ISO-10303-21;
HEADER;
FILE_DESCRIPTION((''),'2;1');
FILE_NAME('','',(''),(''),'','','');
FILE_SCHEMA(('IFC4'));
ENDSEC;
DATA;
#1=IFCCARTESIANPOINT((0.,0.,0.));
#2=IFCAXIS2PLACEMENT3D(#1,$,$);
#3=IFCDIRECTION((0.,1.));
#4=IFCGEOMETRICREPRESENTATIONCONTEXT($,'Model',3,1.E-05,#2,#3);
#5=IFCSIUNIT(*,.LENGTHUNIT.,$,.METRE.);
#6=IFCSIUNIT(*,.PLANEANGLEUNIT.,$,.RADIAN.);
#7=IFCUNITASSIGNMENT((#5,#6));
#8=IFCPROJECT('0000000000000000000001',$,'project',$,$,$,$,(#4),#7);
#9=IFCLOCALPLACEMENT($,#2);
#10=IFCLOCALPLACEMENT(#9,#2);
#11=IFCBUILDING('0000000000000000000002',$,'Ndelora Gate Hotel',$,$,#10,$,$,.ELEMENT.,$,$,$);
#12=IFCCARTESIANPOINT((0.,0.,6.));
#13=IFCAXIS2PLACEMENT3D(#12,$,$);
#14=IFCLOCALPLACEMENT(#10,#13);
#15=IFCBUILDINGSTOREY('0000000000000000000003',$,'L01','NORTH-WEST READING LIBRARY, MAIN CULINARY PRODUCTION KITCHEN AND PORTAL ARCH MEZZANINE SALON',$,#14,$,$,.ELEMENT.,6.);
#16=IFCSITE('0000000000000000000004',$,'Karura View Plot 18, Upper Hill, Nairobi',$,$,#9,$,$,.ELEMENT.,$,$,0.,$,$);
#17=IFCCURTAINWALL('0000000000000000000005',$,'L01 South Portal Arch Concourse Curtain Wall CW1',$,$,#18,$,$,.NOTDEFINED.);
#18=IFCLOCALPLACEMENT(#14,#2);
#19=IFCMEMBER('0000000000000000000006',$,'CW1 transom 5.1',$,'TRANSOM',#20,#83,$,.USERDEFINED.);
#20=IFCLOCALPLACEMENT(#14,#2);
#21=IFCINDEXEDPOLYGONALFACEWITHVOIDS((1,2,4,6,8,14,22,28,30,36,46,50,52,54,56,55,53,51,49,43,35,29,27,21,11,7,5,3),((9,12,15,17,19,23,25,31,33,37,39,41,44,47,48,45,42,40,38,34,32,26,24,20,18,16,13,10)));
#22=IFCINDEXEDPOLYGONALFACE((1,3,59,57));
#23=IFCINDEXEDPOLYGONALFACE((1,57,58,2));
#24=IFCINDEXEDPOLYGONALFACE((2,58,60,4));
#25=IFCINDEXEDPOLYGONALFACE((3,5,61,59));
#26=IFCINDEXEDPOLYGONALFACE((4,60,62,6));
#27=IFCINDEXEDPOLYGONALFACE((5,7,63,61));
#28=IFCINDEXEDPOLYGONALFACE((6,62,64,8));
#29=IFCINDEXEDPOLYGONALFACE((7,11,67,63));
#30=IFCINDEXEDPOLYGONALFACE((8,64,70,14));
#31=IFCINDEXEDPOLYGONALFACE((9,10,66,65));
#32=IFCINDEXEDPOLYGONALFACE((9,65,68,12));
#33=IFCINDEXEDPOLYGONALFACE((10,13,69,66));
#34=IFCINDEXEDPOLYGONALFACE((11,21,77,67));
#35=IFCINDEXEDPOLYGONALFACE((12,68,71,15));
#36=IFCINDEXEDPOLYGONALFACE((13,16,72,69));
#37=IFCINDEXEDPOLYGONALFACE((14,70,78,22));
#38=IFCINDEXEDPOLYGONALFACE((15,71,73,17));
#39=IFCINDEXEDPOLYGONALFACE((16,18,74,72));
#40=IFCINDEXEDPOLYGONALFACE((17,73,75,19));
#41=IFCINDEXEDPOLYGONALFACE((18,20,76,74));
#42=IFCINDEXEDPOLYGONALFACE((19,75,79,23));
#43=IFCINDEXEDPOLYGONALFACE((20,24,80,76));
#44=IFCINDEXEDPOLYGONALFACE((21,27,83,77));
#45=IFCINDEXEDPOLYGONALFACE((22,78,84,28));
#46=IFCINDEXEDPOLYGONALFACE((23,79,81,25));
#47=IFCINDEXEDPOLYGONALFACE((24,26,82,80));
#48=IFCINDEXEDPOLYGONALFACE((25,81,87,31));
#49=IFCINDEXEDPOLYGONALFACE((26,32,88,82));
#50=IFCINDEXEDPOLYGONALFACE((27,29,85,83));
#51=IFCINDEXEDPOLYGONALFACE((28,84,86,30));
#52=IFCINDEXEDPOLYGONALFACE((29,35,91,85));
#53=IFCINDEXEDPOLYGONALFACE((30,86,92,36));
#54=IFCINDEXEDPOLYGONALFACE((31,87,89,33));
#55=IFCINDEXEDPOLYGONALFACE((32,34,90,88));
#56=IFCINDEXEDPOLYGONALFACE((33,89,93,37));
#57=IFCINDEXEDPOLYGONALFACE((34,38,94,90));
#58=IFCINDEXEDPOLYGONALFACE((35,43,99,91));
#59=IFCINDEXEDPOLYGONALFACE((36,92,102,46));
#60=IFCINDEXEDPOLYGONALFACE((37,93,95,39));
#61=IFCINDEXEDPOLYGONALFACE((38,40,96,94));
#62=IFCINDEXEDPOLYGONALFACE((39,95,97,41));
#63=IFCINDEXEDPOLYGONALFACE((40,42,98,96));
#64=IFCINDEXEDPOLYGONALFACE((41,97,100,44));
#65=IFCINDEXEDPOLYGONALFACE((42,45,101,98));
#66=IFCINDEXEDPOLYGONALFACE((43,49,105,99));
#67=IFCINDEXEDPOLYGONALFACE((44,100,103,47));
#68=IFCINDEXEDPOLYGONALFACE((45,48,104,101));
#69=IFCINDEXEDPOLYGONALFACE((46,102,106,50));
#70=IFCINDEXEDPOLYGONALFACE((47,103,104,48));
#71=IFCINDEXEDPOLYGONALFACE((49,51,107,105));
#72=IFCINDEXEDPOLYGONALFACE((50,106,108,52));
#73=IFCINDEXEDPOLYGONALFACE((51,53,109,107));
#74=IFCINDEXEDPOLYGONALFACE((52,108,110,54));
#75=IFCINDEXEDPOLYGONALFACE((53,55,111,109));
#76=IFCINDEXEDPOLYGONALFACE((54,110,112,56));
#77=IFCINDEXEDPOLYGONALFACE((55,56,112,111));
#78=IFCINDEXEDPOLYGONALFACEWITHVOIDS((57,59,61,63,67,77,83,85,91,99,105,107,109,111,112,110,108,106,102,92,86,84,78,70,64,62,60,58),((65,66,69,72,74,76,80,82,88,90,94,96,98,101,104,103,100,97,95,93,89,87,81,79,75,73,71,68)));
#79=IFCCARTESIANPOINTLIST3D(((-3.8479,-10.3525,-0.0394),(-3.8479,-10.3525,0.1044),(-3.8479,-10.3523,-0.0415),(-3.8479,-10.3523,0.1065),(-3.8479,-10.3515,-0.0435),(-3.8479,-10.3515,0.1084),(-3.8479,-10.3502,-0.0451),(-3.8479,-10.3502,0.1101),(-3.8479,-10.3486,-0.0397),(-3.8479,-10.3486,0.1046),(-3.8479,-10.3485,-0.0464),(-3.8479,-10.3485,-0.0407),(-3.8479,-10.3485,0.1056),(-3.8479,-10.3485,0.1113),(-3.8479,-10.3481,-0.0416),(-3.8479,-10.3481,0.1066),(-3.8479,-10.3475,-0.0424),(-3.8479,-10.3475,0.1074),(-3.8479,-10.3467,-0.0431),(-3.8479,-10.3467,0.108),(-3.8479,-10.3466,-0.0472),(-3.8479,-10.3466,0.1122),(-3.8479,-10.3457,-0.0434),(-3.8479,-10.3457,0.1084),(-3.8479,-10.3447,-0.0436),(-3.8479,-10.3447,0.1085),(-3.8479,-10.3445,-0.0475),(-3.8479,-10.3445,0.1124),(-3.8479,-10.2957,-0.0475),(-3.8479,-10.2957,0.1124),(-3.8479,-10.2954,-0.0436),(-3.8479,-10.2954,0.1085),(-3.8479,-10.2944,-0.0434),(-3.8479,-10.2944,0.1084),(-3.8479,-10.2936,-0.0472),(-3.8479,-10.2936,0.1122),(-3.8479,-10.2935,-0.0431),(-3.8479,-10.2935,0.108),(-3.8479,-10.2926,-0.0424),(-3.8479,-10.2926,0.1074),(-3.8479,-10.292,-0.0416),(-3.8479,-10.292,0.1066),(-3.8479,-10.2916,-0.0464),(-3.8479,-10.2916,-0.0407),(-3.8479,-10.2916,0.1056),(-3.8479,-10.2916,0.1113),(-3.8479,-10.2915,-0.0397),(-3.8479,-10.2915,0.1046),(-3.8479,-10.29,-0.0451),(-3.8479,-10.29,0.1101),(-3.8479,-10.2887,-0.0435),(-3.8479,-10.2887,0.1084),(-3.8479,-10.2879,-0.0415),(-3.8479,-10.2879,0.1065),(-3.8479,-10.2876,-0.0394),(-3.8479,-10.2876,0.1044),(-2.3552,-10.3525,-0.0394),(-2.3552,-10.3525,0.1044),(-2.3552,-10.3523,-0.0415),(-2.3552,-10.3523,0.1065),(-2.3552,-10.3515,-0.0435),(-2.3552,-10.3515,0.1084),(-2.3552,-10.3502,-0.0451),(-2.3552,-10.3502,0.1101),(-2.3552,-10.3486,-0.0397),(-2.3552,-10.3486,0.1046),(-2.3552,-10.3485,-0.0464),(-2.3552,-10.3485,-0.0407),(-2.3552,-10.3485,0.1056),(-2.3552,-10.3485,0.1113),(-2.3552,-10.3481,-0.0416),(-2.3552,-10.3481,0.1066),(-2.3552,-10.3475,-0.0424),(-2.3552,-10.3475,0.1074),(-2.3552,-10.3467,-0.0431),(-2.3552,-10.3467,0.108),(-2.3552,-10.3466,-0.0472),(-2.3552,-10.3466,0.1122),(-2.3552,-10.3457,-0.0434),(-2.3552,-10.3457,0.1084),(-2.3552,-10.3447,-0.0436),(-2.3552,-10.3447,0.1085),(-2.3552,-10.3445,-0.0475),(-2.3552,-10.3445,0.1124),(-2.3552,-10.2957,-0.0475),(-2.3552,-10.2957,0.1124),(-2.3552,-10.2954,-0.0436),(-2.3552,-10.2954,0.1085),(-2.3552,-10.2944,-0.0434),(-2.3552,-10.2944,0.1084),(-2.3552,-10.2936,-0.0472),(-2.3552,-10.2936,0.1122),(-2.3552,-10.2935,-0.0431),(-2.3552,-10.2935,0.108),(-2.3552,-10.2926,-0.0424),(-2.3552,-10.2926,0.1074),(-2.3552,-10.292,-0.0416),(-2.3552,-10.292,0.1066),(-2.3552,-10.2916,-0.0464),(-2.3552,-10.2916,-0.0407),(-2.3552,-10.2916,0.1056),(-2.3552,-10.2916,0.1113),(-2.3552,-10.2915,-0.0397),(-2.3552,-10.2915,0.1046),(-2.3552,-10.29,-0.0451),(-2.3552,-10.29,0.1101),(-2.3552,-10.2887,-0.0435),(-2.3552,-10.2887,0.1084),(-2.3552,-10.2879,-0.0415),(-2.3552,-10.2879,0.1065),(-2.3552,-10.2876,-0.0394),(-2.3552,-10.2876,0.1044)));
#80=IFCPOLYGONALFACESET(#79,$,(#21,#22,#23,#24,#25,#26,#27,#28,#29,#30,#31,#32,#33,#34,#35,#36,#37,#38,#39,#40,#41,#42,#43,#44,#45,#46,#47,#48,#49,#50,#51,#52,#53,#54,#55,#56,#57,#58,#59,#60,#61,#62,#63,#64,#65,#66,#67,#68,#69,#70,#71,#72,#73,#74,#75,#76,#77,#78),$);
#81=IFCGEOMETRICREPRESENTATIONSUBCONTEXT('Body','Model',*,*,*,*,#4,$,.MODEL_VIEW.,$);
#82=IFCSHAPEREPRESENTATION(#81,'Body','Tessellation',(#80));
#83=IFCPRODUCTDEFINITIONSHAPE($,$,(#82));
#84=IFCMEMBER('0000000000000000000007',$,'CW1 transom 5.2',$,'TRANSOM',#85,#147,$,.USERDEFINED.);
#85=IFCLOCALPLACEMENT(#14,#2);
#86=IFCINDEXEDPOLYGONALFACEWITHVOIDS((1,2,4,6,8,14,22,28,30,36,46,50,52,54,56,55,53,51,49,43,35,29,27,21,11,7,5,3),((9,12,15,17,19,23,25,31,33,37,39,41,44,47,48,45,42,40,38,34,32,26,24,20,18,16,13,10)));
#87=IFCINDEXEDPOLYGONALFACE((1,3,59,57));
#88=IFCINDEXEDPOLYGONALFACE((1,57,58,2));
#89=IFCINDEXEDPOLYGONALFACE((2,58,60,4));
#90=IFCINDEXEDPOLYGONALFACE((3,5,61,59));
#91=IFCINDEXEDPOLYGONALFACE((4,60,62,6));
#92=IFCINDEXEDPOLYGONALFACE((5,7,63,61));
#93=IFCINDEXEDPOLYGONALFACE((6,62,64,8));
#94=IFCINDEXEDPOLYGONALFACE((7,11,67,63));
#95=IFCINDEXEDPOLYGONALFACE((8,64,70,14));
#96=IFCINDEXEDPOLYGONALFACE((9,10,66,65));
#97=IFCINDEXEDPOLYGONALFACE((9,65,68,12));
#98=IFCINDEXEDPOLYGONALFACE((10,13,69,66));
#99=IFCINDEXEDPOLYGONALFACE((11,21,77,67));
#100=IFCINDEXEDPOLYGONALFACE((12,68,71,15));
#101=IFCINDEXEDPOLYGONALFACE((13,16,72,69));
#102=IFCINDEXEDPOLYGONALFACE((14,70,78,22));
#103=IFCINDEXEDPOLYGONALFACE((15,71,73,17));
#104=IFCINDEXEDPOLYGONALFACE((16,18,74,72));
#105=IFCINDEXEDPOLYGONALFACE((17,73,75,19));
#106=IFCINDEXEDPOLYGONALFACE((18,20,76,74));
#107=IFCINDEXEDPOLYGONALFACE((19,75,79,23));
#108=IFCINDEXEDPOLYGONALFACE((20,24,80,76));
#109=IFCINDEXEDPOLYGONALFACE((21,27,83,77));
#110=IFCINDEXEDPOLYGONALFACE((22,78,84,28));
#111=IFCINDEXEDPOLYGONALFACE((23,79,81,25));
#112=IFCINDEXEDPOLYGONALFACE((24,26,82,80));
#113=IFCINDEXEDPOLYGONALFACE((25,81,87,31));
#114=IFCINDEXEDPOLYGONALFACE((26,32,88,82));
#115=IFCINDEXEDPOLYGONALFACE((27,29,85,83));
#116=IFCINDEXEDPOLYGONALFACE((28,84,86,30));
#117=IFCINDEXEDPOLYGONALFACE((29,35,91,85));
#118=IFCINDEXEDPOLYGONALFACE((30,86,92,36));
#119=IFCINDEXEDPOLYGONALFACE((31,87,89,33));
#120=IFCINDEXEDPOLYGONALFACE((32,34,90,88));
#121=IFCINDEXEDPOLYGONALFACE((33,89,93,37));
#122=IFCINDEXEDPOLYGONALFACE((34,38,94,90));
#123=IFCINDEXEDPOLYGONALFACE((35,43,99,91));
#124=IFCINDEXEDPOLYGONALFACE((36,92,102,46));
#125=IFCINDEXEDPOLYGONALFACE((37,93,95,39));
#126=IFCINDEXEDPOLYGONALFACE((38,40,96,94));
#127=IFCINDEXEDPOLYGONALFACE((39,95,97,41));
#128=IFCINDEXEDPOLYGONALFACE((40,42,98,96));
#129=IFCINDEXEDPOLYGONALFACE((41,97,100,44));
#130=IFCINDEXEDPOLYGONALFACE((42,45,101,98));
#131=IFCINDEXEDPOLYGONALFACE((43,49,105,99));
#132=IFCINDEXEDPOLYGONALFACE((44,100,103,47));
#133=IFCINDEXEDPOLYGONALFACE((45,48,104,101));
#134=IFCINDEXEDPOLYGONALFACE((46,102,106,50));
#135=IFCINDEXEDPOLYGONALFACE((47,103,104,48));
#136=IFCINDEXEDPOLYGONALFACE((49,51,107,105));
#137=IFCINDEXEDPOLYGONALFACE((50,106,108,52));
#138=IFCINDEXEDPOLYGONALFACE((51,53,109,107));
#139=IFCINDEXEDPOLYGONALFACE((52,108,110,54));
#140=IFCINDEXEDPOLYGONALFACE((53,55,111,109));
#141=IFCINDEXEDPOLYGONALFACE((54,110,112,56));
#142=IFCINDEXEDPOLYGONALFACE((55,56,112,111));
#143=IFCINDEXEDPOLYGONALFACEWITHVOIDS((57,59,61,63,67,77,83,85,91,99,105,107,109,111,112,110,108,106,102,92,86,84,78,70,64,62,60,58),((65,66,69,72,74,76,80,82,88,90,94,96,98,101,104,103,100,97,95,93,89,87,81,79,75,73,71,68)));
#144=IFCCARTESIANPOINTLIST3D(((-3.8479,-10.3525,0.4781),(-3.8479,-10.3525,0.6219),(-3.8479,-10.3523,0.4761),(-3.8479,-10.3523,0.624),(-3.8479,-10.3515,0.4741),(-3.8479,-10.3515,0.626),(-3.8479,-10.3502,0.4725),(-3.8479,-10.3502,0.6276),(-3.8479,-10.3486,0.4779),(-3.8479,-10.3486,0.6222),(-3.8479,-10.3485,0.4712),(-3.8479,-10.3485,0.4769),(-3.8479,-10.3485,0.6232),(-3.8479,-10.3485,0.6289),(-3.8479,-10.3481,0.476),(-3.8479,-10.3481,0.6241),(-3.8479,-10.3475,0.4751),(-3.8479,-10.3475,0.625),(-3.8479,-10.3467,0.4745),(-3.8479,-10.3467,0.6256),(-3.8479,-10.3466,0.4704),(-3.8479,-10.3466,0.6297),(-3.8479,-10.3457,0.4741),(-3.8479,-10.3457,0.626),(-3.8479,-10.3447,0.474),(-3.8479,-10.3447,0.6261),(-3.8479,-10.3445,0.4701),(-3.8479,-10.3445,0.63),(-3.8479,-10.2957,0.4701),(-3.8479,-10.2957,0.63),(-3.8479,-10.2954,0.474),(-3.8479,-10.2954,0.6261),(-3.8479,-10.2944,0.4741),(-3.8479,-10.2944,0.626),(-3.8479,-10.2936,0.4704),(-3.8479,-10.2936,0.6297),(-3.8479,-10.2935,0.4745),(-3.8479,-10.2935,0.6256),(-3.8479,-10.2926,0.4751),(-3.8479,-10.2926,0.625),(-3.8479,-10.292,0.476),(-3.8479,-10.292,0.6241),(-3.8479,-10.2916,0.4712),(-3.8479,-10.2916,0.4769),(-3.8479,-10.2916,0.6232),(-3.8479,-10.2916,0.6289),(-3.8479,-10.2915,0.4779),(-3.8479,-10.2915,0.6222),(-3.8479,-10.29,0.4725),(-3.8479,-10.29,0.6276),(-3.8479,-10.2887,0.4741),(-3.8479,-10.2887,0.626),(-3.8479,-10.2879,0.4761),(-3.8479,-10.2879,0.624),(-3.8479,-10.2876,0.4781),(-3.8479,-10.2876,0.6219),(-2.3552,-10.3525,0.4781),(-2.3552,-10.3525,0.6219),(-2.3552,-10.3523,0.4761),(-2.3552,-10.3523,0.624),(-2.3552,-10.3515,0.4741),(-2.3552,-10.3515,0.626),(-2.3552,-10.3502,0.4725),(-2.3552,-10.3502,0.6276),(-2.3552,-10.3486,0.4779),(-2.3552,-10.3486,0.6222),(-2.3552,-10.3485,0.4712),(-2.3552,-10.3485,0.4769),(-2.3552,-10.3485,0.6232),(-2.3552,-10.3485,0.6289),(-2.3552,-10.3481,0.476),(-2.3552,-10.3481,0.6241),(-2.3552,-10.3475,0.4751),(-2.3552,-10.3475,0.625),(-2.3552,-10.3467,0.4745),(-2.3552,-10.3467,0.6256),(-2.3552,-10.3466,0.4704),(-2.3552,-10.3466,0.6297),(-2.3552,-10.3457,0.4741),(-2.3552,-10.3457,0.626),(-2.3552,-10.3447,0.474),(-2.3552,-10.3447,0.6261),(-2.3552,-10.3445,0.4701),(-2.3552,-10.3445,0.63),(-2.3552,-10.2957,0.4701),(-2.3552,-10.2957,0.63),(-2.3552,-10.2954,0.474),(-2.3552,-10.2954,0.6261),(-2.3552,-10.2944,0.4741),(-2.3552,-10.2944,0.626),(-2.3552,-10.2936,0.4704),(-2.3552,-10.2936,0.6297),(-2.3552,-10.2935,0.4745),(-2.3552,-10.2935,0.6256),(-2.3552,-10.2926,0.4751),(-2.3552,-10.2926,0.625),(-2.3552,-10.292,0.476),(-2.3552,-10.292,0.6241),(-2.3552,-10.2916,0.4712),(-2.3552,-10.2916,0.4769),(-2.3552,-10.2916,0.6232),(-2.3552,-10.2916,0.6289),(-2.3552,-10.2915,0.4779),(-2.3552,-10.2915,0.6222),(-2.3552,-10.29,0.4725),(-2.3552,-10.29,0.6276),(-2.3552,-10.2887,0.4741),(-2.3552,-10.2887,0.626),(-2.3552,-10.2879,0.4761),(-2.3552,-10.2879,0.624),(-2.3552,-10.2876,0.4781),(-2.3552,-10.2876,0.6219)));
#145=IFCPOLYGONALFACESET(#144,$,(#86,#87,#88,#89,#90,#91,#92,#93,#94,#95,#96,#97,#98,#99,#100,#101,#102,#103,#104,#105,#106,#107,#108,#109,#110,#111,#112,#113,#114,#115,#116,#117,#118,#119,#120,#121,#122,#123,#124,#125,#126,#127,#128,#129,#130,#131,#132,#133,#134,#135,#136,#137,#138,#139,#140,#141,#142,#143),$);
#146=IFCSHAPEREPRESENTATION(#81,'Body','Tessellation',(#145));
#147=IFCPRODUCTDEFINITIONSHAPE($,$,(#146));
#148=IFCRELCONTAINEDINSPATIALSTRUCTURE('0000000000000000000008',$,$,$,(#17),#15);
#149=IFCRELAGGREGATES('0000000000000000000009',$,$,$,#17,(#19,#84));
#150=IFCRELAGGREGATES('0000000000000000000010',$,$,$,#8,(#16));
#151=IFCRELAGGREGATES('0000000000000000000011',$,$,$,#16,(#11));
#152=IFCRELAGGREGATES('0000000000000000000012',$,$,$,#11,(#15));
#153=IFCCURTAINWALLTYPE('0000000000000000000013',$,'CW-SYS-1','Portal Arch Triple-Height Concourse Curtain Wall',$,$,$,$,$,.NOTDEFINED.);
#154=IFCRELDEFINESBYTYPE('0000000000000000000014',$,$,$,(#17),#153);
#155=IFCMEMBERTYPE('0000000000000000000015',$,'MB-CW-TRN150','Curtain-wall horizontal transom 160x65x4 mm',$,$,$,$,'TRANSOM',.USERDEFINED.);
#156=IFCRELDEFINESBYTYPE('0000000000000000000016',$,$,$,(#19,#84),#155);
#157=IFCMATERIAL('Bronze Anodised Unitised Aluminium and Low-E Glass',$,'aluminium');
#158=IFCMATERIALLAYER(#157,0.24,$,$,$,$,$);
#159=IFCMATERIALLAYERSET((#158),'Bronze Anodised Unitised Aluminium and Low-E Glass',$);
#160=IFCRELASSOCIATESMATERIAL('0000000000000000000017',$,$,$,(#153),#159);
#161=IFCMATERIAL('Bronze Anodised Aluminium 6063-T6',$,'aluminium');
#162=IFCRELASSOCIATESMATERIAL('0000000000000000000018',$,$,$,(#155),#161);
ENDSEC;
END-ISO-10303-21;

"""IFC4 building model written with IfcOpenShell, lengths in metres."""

from ifc_helpers import new_model, si_unit, direction, frame, origin, origin_2d, place, context, subcontext, project, spatial, hollow_rectangle, extrude, material, layer, layer_set, material_profile, profile_set, type_object, element, aggregate, save


model = new_model("IFC4")

# Units and contexts
model_context = context("Model", 3, precision=1e-05, world=origin(), true_north=direction((0.0, 1.0)))
body_context = subcontext(model_context, "Body", "Model", "MODEL_VIEW")
ifc_project = project(units=[si_unit("LENGTHUNIT", "METRE"), si_unit("PLANEANGLEUNIT", "RADIAN")], contexts=[model_context])

# Site, building, storey
site_placement = place(None, origin())
site = spatial("IfcSite", under=ifc_project, at=site_placement, Name="Karura View Plot 18, Upper Hill, Nairobi", CompositionType="ELEMENT", RefElevation=0.0)
building_placement = place(site_placement, origin())
building = spatial("IfcBuilding", under=site, at=building_placement, Name="Ndelora Gate Hotel", CompositionType="ELEMENT")
storey_placement = place(building_placement, frame((0.0, 0.0, 6.0)))
storey = spatial("IfcBuildingStorey", under=building, at=storey_placement, Name="L01", Description="NORTH-WEST READING LIBRARY, MAIN CULINARY PRODUCTION KITCHEN AND PORTAL ARCH MEZZANINE SALON", CompositionType="ELEMENT", Elevation=6.0)

# Curtain wall, members
ifc_material_1 = material(Name="Bronze Anodised Unitised Aluminium and Low-E Glass", Category="aluminium")
ifc_layer_1 = layer(ifc_material_1, 0.24)
ifc_layer_set_1 = layer_set([ifc_layer_1], Name="Bronze Anodised Unitised Aluminium and Low-E Glass")
curtain_wall_type = type_object("IfcCurtainWallType", Name="CW-SYS-1", Description="Portal Arch Triple-Height Concourse Curtain Wall", PredefinedType="NOTDEFINED", material=ifc_layer_set_1)
curtain_wall_placement = place(storey_placement, origin())
curtain_wall = element("IfcCurtainWall", 1, at=curtain_wall_placement, inside=storey, type_object=curtain_wall_type, Name="L01 South Portal Arch Concourse Curtain Wall CW1", PredefinedType="NOTDEFINED")
ifc_material_2 = material(Name="Bronze Anodised Aluminium 6063-T6", Category="aluminium")
ifc_material_profile_1 = material_profile(ifc_material_2, hollow_rectangle(XDim=0.0649, YDim=0.1599, WallThickness=0.0039, InnerFilletRadius=0.0039, OuterFilletRadius=0.0081, at=origin_2d()), Name="ALU 160x65x4")
ifc_profile_set_1 = profile_set([ifc_material_profile_1], Name="Bronze Anodised Aluminium 6063-T6")
member_type_1 = type_object("IfcMemberType", Name="MB-CW-TRN150", Description="Curtain-wall horizontal transom 160x65x4 mm", ElementType="TRANSOM", PredefinedType="USERDEFINED", material=ifc_profile_set_1)
member_1_placement = place(storey_placement, frame((-3.8479, -10.3201, 0.0325), z_axis=(1.0, 0.0, 0.0), x_axis=(0.0, 1.0, 0.0)))
member_1 = element("IfcMember", 2, at=member_1_placement, type_object=member_type_1, Name="CW1 transom 5.1", ObjectType="TRANSOM", PredefinedType="USERDEFINED", context=body_context, shape_type="SweptSolid", body=[
    extrude(hollow_rectangle(XDim=0.0649, YDim=0.1599, WallThickness=0.0039, InnerFilletRadius=0.0039, OuterFilletRadius=0.0081, at=origin_2d()), origin(), (0.0, 0.0, 1.0), 1.4927),
])
member_2_placement = place(storey_placement, frame((-3.8479, -10.3201, 0.55), z_axis=(1.0, 0.0, 0.0), x_axis=(0.0, 1.0, 0.0)))
member_2 = element("IfcMember", 3, at=member_2_placement, type_object=member_type_1, Name="CW1 transom 5.2", ObjectType="TRANSOM", PredefinedType="USERDEFINED", context=body_context, shape_type="SweptSolid", body=[
    extrude(hollow_rectangle(XDim=0.0649, YDim=0.1599, WallThickness=0.0039, InnerFilletRadius=0.0039, OuterFilletRadius=0.0081, at=origin_2d()), origin(), (0.0, 0.0, 1.0), 1.4927),
])
aggregate(curtain_wall, [member_1, member_2])

save(model, "model.ifc")
